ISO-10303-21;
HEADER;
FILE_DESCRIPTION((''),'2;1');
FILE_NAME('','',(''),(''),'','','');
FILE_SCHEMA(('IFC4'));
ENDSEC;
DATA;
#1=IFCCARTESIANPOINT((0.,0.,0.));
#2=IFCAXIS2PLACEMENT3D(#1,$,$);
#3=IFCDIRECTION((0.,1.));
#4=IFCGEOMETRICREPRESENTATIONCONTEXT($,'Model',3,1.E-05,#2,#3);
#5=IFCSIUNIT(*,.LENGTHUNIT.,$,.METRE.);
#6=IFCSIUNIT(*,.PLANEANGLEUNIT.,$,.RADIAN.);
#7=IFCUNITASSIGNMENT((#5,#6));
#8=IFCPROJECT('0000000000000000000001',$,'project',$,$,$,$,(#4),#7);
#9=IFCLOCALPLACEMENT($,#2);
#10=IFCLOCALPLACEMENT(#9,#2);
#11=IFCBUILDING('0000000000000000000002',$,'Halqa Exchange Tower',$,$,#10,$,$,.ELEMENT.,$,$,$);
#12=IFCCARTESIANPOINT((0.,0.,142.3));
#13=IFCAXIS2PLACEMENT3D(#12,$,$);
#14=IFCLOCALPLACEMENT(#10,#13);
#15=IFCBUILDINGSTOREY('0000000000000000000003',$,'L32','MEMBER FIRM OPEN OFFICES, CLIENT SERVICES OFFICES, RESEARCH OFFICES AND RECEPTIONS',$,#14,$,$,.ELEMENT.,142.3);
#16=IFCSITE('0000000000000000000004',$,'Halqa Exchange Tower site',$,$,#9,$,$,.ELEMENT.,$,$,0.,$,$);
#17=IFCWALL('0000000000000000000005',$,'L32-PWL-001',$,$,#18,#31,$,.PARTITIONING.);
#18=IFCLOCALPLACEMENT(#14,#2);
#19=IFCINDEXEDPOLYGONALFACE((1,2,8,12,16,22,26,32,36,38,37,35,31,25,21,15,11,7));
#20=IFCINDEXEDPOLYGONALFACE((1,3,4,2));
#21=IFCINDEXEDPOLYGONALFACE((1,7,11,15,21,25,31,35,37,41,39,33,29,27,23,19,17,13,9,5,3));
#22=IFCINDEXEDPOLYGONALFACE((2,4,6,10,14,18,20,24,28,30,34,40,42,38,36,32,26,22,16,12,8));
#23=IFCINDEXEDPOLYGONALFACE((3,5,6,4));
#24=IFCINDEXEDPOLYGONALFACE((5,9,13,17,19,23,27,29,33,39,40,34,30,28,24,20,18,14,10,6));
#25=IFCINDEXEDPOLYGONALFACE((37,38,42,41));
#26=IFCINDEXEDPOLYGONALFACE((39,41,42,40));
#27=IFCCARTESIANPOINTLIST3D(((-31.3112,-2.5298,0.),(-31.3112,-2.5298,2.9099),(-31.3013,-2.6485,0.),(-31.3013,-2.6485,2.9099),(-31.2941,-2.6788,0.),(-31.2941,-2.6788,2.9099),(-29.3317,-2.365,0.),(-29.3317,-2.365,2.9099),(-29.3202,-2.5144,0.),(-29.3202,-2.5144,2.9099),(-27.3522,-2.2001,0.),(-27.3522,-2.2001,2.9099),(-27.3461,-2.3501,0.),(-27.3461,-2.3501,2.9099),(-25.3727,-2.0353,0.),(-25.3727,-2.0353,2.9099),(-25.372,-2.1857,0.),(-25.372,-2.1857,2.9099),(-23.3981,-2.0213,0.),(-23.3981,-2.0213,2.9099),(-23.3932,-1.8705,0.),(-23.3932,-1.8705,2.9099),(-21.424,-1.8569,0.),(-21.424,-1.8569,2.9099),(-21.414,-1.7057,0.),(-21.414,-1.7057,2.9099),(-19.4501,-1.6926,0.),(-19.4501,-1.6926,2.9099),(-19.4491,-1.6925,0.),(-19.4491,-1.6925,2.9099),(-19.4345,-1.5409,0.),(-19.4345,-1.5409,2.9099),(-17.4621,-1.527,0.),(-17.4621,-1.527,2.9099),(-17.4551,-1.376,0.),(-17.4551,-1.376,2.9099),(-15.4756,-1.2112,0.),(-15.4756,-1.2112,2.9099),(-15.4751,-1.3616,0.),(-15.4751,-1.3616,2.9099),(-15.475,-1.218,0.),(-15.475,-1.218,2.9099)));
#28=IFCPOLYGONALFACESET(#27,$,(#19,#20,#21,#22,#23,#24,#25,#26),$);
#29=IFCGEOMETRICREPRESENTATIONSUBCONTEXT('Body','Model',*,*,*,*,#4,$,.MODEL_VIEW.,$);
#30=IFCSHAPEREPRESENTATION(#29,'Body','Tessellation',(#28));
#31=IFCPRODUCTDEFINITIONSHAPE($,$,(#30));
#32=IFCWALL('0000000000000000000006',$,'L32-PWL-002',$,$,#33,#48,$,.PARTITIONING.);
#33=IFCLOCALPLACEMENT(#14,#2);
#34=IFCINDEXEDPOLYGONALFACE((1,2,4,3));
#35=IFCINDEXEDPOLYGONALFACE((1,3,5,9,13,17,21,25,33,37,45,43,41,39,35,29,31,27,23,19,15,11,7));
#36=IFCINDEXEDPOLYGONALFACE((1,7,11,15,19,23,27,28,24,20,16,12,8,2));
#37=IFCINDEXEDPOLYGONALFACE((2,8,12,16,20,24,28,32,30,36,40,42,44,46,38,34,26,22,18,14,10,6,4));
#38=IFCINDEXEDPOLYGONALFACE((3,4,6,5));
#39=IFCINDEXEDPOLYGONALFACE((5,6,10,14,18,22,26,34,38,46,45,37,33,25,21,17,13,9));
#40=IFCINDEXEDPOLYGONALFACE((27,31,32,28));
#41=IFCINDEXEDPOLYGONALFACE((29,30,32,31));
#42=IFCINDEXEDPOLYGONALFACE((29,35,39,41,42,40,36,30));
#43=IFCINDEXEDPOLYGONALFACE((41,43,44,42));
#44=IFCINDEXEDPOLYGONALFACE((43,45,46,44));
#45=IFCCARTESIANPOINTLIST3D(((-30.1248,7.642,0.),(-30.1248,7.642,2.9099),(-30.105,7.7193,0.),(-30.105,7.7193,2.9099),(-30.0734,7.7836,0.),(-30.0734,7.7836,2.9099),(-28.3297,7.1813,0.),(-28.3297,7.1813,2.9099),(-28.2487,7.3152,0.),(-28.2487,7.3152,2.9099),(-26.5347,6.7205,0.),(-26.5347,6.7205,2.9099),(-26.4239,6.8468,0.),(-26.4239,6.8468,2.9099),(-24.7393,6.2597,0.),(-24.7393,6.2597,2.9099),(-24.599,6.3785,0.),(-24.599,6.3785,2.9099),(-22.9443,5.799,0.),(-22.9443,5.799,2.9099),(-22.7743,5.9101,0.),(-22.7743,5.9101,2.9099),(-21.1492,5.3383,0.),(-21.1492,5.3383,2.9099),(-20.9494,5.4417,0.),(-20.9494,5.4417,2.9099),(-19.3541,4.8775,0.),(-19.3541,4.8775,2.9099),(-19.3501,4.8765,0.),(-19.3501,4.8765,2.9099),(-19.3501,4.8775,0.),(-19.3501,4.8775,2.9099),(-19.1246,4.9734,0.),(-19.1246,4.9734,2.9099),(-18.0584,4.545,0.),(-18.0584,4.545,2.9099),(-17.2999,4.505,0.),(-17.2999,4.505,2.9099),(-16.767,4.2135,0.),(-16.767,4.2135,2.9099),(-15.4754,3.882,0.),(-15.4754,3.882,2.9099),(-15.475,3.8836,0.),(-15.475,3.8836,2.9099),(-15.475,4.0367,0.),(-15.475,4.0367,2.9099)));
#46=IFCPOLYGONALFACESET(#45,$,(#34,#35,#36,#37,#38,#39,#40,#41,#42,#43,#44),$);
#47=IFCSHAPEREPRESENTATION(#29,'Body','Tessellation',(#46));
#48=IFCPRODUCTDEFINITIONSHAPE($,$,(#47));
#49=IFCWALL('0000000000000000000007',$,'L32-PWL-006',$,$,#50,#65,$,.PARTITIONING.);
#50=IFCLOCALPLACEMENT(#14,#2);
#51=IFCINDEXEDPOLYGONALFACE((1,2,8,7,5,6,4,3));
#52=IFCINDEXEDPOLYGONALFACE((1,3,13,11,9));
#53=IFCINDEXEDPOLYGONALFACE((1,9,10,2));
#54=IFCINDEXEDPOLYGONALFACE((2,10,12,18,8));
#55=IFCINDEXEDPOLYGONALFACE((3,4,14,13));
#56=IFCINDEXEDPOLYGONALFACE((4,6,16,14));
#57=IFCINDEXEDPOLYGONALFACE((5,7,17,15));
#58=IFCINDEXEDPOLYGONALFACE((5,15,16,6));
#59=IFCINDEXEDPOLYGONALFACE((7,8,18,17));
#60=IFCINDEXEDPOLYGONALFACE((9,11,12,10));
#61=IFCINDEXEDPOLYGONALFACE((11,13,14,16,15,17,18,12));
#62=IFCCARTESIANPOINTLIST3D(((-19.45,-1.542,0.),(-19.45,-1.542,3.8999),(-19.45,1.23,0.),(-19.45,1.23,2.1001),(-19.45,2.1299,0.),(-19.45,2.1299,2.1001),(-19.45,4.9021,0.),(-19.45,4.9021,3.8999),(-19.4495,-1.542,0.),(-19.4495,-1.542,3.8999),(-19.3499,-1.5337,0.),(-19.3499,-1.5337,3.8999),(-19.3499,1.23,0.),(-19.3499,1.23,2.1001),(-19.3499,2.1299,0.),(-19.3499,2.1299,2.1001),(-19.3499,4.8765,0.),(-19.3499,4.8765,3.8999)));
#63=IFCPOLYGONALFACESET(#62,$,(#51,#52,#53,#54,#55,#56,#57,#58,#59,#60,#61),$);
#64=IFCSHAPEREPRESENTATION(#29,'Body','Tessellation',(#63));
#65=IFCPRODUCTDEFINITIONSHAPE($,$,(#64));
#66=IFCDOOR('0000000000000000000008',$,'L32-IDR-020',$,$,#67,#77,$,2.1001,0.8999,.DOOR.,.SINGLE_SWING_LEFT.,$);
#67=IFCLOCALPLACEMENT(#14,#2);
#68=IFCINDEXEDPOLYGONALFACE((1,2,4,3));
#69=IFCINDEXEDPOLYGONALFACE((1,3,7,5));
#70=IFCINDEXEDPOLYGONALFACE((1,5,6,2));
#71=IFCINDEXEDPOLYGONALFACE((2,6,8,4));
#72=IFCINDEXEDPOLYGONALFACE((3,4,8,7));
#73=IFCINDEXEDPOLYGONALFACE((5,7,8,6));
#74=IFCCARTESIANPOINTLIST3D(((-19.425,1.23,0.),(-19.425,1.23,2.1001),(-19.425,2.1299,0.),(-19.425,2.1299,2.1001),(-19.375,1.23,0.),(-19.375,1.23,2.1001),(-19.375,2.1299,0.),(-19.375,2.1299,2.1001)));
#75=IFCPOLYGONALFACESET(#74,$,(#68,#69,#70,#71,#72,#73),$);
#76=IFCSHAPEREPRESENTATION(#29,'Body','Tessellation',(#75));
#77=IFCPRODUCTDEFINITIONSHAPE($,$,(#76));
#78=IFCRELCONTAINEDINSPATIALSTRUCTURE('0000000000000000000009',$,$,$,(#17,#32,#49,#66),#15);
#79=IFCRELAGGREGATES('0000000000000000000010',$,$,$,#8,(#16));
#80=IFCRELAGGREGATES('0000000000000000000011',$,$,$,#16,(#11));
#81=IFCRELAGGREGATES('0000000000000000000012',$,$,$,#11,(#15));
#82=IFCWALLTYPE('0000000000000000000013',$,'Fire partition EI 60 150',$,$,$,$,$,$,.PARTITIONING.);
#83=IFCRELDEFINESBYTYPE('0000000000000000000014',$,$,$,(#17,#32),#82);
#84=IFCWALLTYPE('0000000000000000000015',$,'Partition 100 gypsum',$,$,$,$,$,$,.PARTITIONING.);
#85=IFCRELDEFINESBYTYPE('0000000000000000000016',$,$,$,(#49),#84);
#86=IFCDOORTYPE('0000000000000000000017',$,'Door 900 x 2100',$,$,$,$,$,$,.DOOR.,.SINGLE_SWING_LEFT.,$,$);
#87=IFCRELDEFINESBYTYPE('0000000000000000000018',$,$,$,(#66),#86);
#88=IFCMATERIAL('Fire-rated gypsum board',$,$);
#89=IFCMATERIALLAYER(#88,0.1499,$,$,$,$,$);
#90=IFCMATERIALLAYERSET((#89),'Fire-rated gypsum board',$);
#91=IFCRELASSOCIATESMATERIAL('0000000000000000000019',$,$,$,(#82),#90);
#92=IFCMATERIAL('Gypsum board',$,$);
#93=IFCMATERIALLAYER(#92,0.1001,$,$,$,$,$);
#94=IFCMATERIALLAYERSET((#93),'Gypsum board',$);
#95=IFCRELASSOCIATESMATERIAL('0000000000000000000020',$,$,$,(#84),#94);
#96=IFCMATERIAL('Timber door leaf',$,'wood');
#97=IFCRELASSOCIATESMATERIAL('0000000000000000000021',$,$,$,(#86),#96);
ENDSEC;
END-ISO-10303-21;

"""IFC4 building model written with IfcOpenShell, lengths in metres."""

from ifc_helpers import new_model, si_unit, direction, frame, frame_2d, origin, place, context, subcontext, project, spatial, polyline, rectangle, outline, extrude, material, layer, layer_set, type_object, element, fill, save


model = new_model("IFC4")

# Units and contexts
model_context = context("Model", 3, precision=1e-05, world=origin(), true_north=direction((0.0, 1.0)))
body_context = subcontext(model_context, "Body", "Model", "MODEL_VIEW")
ifc_project = project(units=[si_unit("LENGTHUNIT", "METRE"), si_unit("PLANEANGLEUNIT", "RADIAN")], contexts=[model_context])

# Site, building, storey
site_placement = place(None, origin())
site = spatial("IfcSite", under=ifc_project, at=site_placement, Name="Halqa Exchange Tower site", CompositionType="ELEMENT", RefElevation=0.0)
building_placement = place(site_placement, origin())
building = spatial("IfcBuilding", under=site, at=building_placement, Name="Halqa Exchange Tower", CompositionType="ELEMENT")
storey_placement = place(building_placement, frame((0.0, 0.0, 142.3)))
storey = spatial("IfcBuildingStorey", under=building, at=storey_placement, Name="L32", Description="MEMBER FIRM OPEN OFFICES, CLIENT SERVICES OFFICES, RESEARCH OFFICES AND RECEPTIONS", CompositionType="ELEMENT", Elevation=142.3)

# Walls
ifc_material_1 = material(Name="Fire-rated gypsum board")
ifc_layer_1 = layer(ifc_material_1, 0.1499)
ifc_layer_set_1 = layer_set([ifc_layer_1], Name="Fire-rated gypsum board")
wall_type_1 = type_object("IfcWallType", Name="Fire partition EI 60 150", PredefinedType="PARTITIONING", material=ifc_layer_set_1)
wall_1_placement = place(storey_placement, frame((-31.3049, -2.6045, 0.0), z_axis=(0.0, 0.0, 1.0), x_axis=(0.996551, 0.082981, 0.0)))
element("IfcWall", 1, at=wall_1_placement, inside=storey, type_object=wall_type_1, Name="L32-PWL-001", PredefinedType="PARTITIONING", context=body_context, shape_type="SweptSolid", body=[
    extrude(outline(polyline([(0.0046, -0.075), (1.9854, -0.075), (3.9663, -0.075), (5.9473, -0.075), (7.928, -0.075), (9.9089, -0.075), (11.8896, -0.075), (11.8896, -0.075), (11.8906, -0.075), (13.8845, -0.075), (15.8784, -0.075), (15.8904, 0.0681), (15.8904, 0.075), (13.9041, 0.075), (11.9177, 0.075), (9.9314, 0.075), (7.9453, 0.075), (5.959, 0.075), (3.9727, 0.075), (1.9863, 0.075), (0.0, 0.075), (0.0, -0.0442), (0.0046, -0.075)])), origin(), (0.0, 0.0, 1.0), 2.9099),
])
wall_2_placement = place(storey_placement, frame((-30.1062, 7.7146, 0.0), z_axis=(0.0, 0.0, 1.0), x_axis=(0.968604, -0.248608, 0.0)))
element("IfcWall", 2, at=wall_2_placement, inside=storey, type_object=wall_type_1, Name="L32-PWL-002", PredefinedType="PARTITIONING", context=body_context, shape_type="SweptSolid", body=[
    extrude(outline(polyline([(0.0, -0.075), (1.8533, -0.075), (3.7065, -0.075), (5.5601, -0.075), (7.4133, -0.075), (9.2666, -0.075), (11.1199, -0.075), (11.1238, -0.074), (11.124, -0.075), (12.4575, -0.075), (13.7908, -0.075), (15.1243, -0.075), (15.1243, -0.0732), (15.0862, 0.075), (13.2021, 0.075), (11.3184, 0.075), (9.4343, 0.075), (7.5503, 0.075), (5.6665, 0.075), (3.7825, 0.075), (1.8984, 0.075), (0.0146, 0.075), (0.0, 0.0049), (0.0, -0.075)])), origin(), (0.0, 0.0, 1.0), 2.9099),
])

# Wall, opening, door
ifc_material_2 = material(Name="Gypsum board")
ifc_layer_2 = layer(ifc_material_2, 0.1001)
ifc_layer_set_2 = layer_set([ifc_layer_2], Name="Gypsum board")
wall_type_2 = type_object("IfcWallType", Name="Partition 100 gypsum", PredefinedType="PARTITIONING", material=ifc_layer_set_2)
wall_3_placement = place(storey_placement, frame((-19.3999, -1.542, 0.0), z_axis=(0.0, 0.0, 1.0), x_axis=(0.0, 1.0, 0.0)))
wall_3 = element("IfcWall", 3, at=wall_3_placement, inside=storey, type_object=wall_type_2, Name="L32-PWL-006", PredefinedType="PARTITIONING", context=body_context, shape_type="SweptSolid", body=[
    extrude(outline(polyline([(0.0083, -0.05), (1.6108, -0.05), (3.2134, -0.05), (4.8159, -0.05), (6.4185, -0.05), (6.4441, 0.05), (4.833, 0.05), (3.2219, 0.05), (1.6111, 0.05), (0.0, 0.05), (0.0, 0.0496), (0.0083, -0.05)])), origin(), (0.0, 0.0, 1.0), 3.8999),
])
opening_1_placement = place(wall_3_placement, frame((2.772, 0.0, 0.0)))
opening_1 = element("IfcOpeningElement", 4, at=opening_1_placement, cuts=wall_3, PredefinedType="OPENING", context=body_context, shape_type="SweptSolid", body=[
    extrude(rectangle(XDim=0.8999, YDim=2.1001, at=frame_2d((0.45, 1.05))), frame((0.0, 0.062, 0.0), z_axis=(0.0, -1.0, 0.0), x_axis=(1.0, 0.0, 0.0)), (0.0, 0.0, 1.0), 0.124),
])
ifc_material_3 = material(Name="Timber door leaf", Category="wood")
door_type_1 = type_object("IfcDoorType", Name="Door 900 x 2100", OperationType="SINGLE_SWING_LEFT", PredefinedType="DOOR", material=ifc_material_3)
door_1_placement = place(opening_1_placement, frame((0.8999, 0.0, 0.0), z_axis=(0.0, 0.0, 1.0), x_axis=(-1.0, 0.0, 0.0)))
door_1 = element("IfcDoor", 5, at=door_1_placement, inside=storey, type_object=door_type_1, Name="L32-IDR-020", OperationType="SINGLE_SWING_LEFT", OverallHeight=2.1001, OverallWidth=0.8999, PredefinedType="DOOR", context=body_context, shape_type="SweptSolid", body=[
    extrude(rectangle(XDim=0.8999, YDim=2.1001, at=frame_2d((0.45, 1.05))), frame((0.0, 0.0249, 0.0), z_axis=(0.0, -1.0, 0.0), x_axis=(1.0, 0.0, 0.0)), (0.0, 0.0, 1.0), 0.05),
])
fill(opening_1, door_1)

save(model, "model.ifc")
